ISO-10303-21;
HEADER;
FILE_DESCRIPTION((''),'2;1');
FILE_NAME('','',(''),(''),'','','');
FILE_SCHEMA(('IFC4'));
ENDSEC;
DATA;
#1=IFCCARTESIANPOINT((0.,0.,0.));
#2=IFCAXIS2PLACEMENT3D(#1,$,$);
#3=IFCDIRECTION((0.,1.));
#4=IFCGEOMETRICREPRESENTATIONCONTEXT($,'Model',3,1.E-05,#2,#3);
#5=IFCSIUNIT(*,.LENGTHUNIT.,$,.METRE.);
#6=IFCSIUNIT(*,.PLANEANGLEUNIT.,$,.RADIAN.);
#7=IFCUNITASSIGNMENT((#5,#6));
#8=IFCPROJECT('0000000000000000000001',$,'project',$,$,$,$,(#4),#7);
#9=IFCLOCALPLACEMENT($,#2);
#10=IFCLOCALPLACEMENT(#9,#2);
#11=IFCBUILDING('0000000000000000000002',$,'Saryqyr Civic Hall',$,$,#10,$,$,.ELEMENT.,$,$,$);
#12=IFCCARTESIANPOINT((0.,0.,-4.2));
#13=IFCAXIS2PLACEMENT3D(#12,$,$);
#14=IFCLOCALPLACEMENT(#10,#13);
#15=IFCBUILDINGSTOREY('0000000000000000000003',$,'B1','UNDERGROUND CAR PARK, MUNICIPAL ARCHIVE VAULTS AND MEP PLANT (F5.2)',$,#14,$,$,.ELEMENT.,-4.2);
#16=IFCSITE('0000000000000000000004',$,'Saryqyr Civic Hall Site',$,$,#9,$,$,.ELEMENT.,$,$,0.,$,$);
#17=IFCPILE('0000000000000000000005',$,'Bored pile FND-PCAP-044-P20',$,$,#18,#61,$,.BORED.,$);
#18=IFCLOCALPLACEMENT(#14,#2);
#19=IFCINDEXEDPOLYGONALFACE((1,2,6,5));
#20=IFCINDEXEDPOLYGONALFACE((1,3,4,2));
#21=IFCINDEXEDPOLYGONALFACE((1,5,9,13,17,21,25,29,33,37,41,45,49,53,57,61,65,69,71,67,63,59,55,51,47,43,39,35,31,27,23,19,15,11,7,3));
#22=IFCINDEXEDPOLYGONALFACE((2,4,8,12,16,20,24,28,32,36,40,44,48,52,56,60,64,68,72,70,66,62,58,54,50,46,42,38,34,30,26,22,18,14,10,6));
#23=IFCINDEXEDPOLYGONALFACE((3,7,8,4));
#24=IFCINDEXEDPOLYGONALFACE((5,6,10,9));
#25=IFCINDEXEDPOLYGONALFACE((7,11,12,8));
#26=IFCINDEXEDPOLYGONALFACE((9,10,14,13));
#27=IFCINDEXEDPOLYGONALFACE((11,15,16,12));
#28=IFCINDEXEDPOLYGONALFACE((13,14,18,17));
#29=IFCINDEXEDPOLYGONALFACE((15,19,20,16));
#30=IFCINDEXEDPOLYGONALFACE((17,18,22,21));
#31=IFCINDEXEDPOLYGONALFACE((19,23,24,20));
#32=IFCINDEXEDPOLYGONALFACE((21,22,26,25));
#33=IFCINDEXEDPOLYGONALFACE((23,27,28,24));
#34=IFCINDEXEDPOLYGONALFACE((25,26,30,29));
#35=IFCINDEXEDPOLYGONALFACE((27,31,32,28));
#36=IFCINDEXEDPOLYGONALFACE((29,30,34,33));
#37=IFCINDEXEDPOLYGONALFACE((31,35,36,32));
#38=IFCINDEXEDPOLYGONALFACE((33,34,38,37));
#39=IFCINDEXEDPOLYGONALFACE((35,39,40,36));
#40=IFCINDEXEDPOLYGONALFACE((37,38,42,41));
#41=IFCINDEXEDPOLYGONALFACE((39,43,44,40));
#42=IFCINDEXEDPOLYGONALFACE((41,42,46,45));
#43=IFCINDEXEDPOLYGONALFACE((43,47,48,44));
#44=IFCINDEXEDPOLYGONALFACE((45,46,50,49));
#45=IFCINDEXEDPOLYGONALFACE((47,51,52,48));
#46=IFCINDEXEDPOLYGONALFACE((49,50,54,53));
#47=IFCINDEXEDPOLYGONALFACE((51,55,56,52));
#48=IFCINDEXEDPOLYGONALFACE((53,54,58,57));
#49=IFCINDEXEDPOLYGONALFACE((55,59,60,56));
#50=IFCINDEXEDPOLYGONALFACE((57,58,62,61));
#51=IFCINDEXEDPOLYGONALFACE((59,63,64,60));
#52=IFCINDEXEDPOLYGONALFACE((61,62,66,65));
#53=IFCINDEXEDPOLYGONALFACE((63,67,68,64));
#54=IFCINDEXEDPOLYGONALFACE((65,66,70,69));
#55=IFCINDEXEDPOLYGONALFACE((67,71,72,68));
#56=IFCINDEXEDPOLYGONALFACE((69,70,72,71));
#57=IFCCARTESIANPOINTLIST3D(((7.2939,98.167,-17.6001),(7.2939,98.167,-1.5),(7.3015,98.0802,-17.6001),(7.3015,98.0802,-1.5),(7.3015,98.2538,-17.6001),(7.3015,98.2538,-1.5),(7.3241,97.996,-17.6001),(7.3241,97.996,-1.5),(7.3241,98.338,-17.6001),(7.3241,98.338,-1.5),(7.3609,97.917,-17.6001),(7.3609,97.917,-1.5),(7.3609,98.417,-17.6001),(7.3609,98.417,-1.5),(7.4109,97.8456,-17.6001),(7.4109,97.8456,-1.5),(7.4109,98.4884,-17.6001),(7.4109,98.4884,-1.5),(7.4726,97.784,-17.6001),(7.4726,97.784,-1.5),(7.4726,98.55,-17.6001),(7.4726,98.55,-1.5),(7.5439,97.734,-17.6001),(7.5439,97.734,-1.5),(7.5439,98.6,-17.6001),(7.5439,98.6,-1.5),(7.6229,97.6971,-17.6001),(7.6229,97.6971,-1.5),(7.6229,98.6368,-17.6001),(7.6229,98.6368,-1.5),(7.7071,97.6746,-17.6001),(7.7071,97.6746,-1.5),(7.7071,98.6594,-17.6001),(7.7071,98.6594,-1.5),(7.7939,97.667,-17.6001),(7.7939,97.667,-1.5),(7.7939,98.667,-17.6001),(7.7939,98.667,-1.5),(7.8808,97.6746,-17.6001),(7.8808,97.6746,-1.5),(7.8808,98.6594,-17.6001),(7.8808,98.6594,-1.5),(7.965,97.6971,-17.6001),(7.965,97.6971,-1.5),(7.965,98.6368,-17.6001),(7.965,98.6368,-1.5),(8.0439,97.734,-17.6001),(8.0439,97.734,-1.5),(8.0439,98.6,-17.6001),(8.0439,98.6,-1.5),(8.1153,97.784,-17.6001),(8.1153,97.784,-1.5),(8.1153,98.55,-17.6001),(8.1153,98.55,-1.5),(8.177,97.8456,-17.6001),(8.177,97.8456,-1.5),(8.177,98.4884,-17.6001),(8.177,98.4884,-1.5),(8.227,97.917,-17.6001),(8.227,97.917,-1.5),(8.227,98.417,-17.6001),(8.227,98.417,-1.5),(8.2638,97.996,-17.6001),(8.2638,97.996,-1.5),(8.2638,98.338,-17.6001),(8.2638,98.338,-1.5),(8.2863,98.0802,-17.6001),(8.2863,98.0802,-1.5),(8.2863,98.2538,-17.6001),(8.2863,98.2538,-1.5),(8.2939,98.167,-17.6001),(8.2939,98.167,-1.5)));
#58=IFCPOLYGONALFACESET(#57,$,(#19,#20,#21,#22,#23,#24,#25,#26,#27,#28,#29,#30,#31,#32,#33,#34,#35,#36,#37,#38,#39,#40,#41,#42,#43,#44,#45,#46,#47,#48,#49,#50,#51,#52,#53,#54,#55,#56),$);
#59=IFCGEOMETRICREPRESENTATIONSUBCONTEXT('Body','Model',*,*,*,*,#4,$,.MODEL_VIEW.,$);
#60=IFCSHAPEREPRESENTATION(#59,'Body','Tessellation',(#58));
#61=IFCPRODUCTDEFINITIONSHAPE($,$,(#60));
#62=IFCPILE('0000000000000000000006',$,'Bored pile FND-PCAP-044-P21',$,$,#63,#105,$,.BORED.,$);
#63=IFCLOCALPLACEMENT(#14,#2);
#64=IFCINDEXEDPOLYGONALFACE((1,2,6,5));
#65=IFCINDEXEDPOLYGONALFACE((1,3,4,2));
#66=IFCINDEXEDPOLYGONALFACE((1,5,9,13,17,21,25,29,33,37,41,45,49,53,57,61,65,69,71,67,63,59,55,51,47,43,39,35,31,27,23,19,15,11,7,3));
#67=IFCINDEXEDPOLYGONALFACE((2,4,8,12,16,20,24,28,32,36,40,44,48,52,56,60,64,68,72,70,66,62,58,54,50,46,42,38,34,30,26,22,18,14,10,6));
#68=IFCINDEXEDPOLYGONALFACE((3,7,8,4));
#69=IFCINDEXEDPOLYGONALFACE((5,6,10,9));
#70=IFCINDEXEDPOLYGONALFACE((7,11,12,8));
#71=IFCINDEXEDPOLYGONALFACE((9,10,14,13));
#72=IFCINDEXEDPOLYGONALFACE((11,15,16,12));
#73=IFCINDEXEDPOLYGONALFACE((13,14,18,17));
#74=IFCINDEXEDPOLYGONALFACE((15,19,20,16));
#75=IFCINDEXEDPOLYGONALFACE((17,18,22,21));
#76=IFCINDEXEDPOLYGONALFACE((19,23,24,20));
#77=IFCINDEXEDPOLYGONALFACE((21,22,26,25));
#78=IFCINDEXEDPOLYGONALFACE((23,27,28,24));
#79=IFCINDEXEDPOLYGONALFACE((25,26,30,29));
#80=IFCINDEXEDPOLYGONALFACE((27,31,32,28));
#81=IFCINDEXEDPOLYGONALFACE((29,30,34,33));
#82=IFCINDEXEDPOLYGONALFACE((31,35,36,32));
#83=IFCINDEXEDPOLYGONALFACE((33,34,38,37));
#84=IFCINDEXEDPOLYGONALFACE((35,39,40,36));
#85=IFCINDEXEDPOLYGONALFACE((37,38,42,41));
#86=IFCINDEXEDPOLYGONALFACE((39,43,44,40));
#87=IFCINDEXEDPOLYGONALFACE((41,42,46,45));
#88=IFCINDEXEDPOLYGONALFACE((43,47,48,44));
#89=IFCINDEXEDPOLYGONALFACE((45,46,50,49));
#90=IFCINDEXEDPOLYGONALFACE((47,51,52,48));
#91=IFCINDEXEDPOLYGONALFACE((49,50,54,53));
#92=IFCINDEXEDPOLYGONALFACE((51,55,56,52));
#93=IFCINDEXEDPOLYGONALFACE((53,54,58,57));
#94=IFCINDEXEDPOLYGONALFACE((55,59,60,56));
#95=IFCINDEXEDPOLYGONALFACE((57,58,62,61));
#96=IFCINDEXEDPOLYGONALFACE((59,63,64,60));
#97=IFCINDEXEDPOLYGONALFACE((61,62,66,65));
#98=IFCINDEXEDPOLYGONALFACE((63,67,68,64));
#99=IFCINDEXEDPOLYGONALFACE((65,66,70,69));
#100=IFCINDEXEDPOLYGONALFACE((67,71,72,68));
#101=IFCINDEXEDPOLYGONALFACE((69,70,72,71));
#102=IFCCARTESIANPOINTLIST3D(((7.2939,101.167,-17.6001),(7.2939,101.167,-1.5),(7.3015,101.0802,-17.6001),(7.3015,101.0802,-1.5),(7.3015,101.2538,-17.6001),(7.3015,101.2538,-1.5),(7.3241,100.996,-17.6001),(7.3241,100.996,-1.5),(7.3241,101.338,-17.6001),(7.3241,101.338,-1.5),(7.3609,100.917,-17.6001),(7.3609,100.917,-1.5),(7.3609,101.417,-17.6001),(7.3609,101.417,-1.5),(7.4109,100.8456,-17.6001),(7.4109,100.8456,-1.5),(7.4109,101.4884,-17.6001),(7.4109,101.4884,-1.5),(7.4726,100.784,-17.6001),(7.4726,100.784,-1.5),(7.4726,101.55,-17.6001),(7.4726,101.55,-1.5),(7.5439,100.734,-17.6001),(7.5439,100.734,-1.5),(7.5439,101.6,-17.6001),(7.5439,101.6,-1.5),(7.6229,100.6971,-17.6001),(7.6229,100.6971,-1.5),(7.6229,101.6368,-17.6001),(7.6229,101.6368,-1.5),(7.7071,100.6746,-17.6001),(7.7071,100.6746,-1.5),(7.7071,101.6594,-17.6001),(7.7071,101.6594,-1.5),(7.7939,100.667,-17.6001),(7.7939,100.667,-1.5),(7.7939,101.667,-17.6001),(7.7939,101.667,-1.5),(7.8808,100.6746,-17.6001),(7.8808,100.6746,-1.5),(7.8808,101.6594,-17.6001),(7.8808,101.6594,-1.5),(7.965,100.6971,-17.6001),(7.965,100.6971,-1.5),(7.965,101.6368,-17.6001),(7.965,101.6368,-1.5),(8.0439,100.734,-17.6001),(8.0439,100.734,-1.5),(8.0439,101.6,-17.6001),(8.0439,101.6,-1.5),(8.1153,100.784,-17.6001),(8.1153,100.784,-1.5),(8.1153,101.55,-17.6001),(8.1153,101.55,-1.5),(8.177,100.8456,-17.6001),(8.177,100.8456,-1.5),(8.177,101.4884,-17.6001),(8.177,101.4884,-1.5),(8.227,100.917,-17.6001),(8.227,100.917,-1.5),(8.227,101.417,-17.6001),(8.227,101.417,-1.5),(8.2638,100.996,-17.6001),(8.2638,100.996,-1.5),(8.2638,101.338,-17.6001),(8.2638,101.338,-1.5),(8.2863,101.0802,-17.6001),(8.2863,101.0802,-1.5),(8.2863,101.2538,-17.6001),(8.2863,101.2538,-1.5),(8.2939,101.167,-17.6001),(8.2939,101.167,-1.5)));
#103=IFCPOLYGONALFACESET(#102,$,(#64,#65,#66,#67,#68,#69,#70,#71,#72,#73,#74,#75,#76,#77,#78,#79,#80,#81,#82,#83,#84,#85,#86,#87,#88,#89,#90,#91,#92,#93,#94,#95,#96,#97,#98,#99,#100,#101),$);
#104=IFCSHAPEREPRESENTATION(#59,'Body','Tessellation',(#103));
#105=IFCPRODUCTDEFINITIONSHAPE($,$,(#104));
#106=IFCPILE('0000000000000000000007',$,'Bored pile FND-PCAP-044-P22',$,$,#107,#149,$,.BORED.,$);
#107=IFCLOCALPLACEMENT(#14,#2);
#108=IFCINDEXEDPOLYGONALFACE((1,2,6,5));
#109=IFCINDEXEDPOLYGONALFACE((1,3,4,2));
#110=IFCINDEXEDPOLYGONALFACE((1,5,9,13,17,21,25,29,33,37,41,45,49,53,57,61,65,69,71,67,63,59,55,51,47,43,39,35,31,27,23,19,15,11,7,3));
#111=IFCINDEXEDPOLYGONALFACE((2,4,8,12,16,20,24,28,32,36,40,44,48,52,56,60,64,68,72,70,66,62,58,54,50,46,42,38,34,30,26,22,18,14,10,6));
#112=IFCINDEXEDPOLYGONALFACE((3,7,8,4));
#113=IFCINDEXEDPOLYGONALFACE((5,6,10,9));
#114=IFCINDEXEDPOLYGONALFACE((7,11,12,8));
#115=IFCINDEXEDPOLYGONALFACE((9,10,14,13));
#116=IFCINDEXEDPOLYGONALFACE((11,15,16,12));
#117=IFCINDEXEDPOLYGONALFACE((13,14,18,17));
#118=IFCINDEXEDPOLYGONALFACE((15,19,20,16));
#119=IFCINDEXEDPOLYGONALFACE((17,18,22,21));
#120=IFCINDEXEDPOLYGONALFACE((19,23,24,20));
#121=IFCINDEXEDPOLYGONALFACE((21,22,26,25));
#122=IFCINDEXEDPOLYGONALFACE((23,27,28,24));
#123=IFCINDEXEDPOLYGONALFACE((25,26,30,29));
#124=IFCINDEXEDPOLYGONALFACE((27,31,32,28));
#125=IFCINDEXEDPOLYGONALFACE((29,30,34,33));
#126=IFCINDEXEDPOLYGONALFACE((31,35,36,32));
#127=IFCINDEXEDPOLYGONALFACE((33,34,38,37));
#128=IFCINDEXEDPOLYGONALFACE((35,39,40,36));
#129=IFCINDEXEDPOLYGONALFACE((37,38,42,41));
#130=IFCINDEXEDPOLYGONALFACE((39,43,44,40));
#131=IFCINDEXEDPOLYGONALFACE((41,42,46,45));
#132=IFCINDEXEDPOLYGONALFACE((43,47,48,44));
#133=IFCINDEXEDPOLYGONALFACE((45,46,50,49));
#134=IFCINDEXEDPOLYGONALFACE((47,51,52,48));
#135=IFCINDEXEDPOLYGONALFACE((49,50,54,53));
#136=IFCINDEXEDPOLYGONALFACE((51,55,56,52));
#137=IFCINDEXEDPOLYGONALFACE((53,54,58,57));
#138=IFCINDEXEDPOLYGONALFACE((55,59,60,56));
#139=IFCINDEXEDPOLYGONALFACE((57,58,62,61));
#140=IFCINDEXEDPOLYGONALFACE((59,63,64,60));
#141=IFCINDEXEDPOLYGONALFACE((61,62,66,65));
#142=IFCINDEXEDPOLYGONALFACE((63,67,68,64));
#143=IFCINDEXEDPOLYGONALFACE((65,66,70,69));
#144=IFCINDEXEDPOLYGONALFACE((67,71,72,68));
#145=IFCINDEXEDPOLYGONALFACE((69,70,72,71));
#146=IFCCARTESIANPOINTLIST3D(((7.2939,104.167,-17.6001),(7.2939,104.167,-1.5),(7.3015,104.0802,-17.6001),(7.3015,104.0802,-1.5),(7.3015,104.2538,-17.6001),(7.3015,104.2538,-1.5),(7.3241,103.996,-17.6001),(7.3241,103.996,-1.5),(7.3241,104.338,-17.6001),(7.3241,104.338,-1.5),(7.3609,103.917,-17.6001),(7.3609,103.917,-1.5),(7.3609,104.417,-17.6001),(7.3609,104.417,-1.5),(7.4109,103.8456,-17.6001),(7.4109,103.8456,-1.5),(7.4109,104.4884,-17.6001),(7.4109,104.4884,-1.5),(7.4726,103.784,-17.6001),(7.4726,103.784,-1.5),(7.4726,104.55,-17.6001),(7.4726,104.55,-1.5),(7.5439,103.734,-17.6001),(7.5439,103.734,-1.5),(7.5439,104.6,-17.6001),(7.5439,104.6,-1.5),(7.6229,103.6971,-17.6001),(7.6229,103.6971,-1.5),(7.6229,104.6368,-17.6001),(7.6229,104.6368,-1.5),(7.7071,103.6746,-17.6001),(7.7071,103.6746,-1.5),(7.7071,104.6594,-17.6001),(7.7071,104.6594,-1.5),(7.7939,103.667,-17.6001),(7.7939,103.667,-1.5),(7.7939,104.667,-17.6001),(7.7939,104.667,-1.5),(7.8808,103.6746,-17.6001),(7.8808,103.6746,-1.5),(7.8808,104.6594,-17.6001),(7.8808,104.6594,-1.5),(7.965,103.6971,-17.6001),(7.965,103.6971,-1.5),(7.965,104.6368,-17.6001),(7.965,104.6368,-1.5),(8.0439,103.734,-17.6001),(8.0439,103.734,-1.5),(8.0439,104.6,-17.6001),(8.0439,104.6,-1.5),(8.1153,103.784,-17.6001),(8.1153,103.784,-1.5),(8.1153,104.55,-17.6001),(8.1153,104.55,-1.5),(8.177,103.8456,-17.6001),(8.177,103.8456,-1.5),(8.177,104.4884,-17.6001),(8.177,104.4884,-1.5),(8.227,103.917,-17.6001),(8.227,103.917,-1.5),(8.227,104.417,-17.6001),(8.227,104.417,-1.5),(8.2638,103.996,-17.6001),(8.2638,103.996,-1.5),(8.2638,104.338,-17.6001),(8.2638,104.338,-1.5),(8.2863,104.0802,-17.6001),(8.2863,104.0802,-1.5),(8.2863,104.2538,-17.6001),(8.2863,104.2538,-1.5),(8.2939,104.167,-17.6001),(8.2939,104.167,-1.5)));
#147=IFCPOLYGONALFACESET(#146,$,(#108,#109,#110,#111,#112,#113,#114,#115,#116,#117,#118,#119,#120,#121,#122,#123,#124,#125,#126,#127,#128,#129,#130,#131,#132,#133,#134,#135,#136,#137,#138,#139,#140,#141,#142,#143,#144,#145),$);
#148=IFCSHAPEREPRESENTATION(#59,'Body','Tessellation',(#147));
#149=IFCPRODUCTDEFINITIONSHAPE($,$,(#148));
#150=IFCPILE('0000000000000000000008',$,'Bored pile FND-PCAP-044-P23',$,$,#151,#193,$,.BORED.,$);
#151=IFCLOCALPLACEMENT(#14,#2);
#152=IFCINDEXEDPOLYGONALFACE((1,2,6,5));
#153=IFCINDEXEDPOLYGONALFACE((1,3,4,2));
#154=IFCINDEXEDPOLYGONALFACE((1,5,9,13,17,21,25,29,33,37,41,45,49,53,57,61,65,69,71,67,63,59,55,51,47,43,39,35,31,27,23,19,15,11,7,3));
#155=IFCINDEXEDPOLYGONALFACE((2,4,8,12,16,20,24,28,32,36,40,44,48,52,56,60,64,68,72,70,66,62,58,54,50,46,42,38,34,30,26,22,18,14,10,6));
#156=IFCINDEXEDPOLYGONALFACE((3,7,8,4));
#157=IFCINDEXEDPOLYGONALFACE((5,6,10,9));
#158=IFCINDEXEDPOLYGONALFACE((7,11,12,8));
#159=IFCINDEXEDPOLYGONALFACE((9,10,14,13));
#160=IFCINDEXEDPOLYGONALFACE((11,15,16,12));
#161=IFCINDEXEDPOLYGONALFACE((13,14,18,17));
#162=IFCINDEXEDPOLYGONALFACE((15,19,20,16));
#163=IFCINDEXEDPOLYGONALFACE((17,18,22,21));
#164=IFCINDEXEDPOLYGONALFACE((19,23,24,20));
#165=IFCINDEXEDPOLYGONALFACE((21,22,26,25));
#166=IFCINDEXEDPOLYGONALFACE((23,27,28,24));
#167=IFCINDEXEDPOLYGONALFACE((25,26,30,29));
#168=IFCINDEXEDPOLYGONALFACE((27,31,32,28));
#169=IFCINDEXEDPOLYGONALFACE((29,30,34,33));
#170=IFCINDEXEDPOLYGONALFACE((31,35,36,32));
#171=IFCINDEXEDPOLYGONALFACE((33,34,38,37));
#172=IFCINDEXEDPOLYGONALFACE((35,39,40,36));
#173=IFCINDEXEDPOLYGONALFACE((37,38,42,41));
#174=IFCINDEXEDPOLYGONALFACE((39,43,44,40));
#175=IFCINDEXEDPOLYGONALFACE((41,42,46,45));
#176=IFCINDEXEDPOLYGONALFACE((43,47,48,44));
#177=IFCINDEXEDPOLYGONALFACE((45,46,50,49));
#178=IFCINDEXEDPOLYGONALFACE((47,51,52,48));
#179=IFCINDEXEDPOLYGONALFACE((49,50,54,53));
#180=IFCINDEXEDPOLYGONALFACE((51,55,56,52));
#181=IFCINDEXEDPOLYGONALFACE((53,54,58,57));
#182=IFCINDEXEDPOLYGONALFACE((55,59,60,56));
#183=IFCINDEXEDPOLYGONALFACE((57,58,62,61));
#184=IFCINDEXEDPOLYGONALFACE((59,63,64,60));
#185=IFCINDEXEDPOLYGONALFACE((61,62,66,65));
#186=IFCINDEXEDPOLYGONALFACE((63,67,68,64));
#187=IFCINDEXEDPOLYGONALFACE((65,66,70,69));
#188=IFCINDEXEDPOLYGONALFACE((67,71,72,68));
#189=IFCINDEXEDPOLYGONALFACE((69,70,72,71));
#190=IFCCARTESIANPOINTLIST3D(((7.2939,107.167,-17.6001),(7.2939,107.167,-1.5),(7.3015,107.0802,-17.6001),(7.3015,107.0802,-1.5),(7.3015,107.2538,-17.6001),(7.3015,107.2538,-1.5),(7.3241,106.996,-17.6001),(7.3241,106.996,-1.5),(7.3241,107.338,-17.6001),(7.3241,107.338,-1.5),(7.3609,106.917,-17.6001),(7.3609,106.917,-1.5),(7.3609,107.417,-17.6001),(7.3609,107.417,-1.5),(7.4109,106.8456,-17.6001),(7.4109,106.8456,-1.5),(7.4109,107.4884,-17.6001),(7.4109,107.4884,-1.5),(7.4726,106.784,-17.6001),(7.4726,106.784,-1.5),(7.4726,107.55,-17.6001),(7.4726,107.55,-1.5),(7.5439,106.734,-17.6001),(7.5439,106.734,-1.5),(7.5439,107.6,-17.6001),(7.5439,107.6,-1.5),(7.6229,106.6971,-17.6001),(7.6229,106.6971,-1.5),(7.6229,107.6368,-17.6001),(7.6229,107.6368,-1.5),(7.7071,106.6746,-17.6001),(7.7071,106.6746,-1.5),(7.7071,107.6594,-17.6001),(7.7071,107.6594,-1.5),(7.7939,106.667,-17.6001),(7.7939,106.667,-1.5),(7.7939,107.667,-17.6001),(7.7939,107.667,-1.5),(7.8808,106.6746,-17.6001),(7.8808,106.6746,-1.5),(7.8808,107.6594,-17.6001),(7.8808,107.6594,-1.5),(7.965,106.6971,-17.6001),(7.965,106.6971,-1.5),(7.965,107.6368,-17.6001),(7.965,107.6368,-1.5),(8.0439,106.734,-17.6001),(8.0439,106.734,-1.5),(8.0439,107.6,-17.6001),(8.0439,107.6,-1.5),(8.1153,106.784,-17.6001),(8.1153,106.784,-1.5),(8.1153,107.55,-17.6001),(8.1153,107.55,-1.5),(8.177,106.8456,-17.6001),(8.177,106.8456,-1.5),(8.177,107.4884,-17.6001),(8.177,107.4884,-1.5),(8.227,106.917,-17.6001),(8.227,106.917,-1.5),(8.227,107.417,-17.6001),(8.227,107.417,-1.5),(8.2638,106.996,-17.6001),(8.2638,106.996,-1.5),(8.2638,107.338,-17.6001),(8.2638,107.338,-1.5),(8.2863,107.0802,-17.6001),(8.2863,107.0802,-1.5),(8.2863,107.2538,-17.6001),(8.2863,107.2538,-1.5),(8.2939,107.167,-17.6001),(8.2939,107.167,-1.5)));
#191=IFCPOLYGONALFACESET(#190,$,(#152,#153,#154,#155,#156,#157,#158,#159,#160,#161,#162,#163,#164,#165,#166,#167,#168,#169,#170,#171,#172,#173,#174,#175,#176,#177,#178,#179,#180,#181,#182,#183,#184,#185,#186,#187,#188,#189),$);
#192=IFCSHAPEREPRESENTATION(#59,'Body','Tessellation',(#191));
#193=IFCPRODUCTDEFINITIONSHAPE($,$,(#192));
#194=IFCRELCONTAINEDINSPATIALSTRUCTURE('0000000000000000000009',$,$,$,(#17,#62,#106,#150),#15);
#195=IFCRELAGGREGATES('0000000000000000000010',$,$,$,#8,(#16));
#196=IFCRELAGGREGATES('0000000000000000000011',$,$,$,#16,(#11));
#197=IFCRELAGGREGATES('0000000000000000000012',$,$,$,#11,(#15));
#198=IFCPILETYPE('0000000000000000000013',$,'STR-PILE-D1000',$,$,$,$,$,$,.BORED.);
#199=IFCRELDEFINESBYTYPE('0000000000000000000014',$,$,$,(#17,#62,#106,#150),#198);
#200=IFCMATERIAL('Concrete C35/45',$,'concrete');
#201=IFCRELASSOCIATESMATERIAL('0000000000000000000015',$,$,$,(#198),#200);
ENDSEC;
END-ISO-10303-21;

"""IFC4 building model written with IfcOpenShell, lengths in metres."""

from ifc_helpers import new_model, si_unit, direction, frame, origin, origin_2d, place, context, subcontext, project, spatial, circle, extrude, material, material_profile, profile_set, type_object, element, save


model = new_model("IFC4")

# Units and contexts
model_context = context("Model", 3, precision=1e-05, world=origin(), true_north=direction((0.0, 1.0)))
body_context = subcontext(model_context, "Body", "Model", "MODEL_VIEW")
ifc_project = project(units=[si_unit("LENGTHUNIT", "METRE"), si_unit("PLANEANGLEUNIT", "RADIAN")], contexts=[model_context])

# Site, building, storey
site_placement = place(None, origin())
site = spatial("IfcSite", under=ifc_project, at=site_placement, Name="Saryqyr Civic Hall Site", CompositionType="ELEMENT", RefElevation=0.0)
building_placement = place(site_placement, origin())
building = spatial("IfcBuilding", under=site, at=building_placement, Name="Saryqyr Civic Hall", CompositionType="ELEMENT")
storey_placement = place(building_placement, frame((0.0, 0.0, -4.2)))
storey = spatial("IfcBuildingStorey", under=building, at=storey_placement, Name="B1", Description="UNDERGROUND CAR PARK, MUNICIPAL ARCHIVE VAULTS AND MEP PLANT (F5.2)", CompositionType="ELEMENT", Elevation=-4.2)

# Piles
ifc_material_1 = material(Name="Concrete C35/45", Category="concrete")
ifc_material_profile_1 = material_profile(ifc_material_1, circle(Radius=0.5, at=origin_2d()), Name="BORED PILE D1000")
ifc_profile_set_1 = profile_set([ifc_material_profile_1], Name="Concrete C35/45")
pile_type = type_object("IfcPileType", Name="STR-PILE-D1000", PredefinedType="BORED", material=ifc_profile_set_1)
for number, where, z_axis, x_axis, name in (
    (1, (7.7939, 98.167, -1.5), (0.0, 0.0, -1.0), (1.0, 0.0, 0.0), "Bored pile FND-PCAP-044-P20"),
    (2, (7.7939, 101.167, -1.5), (0.0, 0.0, -1.0), (1.0, 0.0, 0.0), "Bored pile FND-PCAP-044-P21"),
    (3, (7.7939, 104.167, -1.5), (0.0, 0.0, -1.0), (1.0, 0.0, 0.0), "Bored pile FND-PCAP-044-P22"),
    (4, (7.7939, 107.167, -1.5), (0.0, 0.0, -1.0), (1.0, 0.0, 0.0), "Bored pile FND-PCAP-044-P23"),
):
    element("IfcPile", number, at=place(storey_placement, frame(where, z_axis=z_axis, x_axis=x_axis)), inside=storey, type_object=pile_type, Name=name, PredefinedType="BORED", context=body_context, shape_type="SweptSolid", body=[
        extrude(circle(Radius=0.5, at=origin_2d()), origin(), (0.0, 0.0, 1.0), 16.1001),
    ])

save(model, "model.ifc")
